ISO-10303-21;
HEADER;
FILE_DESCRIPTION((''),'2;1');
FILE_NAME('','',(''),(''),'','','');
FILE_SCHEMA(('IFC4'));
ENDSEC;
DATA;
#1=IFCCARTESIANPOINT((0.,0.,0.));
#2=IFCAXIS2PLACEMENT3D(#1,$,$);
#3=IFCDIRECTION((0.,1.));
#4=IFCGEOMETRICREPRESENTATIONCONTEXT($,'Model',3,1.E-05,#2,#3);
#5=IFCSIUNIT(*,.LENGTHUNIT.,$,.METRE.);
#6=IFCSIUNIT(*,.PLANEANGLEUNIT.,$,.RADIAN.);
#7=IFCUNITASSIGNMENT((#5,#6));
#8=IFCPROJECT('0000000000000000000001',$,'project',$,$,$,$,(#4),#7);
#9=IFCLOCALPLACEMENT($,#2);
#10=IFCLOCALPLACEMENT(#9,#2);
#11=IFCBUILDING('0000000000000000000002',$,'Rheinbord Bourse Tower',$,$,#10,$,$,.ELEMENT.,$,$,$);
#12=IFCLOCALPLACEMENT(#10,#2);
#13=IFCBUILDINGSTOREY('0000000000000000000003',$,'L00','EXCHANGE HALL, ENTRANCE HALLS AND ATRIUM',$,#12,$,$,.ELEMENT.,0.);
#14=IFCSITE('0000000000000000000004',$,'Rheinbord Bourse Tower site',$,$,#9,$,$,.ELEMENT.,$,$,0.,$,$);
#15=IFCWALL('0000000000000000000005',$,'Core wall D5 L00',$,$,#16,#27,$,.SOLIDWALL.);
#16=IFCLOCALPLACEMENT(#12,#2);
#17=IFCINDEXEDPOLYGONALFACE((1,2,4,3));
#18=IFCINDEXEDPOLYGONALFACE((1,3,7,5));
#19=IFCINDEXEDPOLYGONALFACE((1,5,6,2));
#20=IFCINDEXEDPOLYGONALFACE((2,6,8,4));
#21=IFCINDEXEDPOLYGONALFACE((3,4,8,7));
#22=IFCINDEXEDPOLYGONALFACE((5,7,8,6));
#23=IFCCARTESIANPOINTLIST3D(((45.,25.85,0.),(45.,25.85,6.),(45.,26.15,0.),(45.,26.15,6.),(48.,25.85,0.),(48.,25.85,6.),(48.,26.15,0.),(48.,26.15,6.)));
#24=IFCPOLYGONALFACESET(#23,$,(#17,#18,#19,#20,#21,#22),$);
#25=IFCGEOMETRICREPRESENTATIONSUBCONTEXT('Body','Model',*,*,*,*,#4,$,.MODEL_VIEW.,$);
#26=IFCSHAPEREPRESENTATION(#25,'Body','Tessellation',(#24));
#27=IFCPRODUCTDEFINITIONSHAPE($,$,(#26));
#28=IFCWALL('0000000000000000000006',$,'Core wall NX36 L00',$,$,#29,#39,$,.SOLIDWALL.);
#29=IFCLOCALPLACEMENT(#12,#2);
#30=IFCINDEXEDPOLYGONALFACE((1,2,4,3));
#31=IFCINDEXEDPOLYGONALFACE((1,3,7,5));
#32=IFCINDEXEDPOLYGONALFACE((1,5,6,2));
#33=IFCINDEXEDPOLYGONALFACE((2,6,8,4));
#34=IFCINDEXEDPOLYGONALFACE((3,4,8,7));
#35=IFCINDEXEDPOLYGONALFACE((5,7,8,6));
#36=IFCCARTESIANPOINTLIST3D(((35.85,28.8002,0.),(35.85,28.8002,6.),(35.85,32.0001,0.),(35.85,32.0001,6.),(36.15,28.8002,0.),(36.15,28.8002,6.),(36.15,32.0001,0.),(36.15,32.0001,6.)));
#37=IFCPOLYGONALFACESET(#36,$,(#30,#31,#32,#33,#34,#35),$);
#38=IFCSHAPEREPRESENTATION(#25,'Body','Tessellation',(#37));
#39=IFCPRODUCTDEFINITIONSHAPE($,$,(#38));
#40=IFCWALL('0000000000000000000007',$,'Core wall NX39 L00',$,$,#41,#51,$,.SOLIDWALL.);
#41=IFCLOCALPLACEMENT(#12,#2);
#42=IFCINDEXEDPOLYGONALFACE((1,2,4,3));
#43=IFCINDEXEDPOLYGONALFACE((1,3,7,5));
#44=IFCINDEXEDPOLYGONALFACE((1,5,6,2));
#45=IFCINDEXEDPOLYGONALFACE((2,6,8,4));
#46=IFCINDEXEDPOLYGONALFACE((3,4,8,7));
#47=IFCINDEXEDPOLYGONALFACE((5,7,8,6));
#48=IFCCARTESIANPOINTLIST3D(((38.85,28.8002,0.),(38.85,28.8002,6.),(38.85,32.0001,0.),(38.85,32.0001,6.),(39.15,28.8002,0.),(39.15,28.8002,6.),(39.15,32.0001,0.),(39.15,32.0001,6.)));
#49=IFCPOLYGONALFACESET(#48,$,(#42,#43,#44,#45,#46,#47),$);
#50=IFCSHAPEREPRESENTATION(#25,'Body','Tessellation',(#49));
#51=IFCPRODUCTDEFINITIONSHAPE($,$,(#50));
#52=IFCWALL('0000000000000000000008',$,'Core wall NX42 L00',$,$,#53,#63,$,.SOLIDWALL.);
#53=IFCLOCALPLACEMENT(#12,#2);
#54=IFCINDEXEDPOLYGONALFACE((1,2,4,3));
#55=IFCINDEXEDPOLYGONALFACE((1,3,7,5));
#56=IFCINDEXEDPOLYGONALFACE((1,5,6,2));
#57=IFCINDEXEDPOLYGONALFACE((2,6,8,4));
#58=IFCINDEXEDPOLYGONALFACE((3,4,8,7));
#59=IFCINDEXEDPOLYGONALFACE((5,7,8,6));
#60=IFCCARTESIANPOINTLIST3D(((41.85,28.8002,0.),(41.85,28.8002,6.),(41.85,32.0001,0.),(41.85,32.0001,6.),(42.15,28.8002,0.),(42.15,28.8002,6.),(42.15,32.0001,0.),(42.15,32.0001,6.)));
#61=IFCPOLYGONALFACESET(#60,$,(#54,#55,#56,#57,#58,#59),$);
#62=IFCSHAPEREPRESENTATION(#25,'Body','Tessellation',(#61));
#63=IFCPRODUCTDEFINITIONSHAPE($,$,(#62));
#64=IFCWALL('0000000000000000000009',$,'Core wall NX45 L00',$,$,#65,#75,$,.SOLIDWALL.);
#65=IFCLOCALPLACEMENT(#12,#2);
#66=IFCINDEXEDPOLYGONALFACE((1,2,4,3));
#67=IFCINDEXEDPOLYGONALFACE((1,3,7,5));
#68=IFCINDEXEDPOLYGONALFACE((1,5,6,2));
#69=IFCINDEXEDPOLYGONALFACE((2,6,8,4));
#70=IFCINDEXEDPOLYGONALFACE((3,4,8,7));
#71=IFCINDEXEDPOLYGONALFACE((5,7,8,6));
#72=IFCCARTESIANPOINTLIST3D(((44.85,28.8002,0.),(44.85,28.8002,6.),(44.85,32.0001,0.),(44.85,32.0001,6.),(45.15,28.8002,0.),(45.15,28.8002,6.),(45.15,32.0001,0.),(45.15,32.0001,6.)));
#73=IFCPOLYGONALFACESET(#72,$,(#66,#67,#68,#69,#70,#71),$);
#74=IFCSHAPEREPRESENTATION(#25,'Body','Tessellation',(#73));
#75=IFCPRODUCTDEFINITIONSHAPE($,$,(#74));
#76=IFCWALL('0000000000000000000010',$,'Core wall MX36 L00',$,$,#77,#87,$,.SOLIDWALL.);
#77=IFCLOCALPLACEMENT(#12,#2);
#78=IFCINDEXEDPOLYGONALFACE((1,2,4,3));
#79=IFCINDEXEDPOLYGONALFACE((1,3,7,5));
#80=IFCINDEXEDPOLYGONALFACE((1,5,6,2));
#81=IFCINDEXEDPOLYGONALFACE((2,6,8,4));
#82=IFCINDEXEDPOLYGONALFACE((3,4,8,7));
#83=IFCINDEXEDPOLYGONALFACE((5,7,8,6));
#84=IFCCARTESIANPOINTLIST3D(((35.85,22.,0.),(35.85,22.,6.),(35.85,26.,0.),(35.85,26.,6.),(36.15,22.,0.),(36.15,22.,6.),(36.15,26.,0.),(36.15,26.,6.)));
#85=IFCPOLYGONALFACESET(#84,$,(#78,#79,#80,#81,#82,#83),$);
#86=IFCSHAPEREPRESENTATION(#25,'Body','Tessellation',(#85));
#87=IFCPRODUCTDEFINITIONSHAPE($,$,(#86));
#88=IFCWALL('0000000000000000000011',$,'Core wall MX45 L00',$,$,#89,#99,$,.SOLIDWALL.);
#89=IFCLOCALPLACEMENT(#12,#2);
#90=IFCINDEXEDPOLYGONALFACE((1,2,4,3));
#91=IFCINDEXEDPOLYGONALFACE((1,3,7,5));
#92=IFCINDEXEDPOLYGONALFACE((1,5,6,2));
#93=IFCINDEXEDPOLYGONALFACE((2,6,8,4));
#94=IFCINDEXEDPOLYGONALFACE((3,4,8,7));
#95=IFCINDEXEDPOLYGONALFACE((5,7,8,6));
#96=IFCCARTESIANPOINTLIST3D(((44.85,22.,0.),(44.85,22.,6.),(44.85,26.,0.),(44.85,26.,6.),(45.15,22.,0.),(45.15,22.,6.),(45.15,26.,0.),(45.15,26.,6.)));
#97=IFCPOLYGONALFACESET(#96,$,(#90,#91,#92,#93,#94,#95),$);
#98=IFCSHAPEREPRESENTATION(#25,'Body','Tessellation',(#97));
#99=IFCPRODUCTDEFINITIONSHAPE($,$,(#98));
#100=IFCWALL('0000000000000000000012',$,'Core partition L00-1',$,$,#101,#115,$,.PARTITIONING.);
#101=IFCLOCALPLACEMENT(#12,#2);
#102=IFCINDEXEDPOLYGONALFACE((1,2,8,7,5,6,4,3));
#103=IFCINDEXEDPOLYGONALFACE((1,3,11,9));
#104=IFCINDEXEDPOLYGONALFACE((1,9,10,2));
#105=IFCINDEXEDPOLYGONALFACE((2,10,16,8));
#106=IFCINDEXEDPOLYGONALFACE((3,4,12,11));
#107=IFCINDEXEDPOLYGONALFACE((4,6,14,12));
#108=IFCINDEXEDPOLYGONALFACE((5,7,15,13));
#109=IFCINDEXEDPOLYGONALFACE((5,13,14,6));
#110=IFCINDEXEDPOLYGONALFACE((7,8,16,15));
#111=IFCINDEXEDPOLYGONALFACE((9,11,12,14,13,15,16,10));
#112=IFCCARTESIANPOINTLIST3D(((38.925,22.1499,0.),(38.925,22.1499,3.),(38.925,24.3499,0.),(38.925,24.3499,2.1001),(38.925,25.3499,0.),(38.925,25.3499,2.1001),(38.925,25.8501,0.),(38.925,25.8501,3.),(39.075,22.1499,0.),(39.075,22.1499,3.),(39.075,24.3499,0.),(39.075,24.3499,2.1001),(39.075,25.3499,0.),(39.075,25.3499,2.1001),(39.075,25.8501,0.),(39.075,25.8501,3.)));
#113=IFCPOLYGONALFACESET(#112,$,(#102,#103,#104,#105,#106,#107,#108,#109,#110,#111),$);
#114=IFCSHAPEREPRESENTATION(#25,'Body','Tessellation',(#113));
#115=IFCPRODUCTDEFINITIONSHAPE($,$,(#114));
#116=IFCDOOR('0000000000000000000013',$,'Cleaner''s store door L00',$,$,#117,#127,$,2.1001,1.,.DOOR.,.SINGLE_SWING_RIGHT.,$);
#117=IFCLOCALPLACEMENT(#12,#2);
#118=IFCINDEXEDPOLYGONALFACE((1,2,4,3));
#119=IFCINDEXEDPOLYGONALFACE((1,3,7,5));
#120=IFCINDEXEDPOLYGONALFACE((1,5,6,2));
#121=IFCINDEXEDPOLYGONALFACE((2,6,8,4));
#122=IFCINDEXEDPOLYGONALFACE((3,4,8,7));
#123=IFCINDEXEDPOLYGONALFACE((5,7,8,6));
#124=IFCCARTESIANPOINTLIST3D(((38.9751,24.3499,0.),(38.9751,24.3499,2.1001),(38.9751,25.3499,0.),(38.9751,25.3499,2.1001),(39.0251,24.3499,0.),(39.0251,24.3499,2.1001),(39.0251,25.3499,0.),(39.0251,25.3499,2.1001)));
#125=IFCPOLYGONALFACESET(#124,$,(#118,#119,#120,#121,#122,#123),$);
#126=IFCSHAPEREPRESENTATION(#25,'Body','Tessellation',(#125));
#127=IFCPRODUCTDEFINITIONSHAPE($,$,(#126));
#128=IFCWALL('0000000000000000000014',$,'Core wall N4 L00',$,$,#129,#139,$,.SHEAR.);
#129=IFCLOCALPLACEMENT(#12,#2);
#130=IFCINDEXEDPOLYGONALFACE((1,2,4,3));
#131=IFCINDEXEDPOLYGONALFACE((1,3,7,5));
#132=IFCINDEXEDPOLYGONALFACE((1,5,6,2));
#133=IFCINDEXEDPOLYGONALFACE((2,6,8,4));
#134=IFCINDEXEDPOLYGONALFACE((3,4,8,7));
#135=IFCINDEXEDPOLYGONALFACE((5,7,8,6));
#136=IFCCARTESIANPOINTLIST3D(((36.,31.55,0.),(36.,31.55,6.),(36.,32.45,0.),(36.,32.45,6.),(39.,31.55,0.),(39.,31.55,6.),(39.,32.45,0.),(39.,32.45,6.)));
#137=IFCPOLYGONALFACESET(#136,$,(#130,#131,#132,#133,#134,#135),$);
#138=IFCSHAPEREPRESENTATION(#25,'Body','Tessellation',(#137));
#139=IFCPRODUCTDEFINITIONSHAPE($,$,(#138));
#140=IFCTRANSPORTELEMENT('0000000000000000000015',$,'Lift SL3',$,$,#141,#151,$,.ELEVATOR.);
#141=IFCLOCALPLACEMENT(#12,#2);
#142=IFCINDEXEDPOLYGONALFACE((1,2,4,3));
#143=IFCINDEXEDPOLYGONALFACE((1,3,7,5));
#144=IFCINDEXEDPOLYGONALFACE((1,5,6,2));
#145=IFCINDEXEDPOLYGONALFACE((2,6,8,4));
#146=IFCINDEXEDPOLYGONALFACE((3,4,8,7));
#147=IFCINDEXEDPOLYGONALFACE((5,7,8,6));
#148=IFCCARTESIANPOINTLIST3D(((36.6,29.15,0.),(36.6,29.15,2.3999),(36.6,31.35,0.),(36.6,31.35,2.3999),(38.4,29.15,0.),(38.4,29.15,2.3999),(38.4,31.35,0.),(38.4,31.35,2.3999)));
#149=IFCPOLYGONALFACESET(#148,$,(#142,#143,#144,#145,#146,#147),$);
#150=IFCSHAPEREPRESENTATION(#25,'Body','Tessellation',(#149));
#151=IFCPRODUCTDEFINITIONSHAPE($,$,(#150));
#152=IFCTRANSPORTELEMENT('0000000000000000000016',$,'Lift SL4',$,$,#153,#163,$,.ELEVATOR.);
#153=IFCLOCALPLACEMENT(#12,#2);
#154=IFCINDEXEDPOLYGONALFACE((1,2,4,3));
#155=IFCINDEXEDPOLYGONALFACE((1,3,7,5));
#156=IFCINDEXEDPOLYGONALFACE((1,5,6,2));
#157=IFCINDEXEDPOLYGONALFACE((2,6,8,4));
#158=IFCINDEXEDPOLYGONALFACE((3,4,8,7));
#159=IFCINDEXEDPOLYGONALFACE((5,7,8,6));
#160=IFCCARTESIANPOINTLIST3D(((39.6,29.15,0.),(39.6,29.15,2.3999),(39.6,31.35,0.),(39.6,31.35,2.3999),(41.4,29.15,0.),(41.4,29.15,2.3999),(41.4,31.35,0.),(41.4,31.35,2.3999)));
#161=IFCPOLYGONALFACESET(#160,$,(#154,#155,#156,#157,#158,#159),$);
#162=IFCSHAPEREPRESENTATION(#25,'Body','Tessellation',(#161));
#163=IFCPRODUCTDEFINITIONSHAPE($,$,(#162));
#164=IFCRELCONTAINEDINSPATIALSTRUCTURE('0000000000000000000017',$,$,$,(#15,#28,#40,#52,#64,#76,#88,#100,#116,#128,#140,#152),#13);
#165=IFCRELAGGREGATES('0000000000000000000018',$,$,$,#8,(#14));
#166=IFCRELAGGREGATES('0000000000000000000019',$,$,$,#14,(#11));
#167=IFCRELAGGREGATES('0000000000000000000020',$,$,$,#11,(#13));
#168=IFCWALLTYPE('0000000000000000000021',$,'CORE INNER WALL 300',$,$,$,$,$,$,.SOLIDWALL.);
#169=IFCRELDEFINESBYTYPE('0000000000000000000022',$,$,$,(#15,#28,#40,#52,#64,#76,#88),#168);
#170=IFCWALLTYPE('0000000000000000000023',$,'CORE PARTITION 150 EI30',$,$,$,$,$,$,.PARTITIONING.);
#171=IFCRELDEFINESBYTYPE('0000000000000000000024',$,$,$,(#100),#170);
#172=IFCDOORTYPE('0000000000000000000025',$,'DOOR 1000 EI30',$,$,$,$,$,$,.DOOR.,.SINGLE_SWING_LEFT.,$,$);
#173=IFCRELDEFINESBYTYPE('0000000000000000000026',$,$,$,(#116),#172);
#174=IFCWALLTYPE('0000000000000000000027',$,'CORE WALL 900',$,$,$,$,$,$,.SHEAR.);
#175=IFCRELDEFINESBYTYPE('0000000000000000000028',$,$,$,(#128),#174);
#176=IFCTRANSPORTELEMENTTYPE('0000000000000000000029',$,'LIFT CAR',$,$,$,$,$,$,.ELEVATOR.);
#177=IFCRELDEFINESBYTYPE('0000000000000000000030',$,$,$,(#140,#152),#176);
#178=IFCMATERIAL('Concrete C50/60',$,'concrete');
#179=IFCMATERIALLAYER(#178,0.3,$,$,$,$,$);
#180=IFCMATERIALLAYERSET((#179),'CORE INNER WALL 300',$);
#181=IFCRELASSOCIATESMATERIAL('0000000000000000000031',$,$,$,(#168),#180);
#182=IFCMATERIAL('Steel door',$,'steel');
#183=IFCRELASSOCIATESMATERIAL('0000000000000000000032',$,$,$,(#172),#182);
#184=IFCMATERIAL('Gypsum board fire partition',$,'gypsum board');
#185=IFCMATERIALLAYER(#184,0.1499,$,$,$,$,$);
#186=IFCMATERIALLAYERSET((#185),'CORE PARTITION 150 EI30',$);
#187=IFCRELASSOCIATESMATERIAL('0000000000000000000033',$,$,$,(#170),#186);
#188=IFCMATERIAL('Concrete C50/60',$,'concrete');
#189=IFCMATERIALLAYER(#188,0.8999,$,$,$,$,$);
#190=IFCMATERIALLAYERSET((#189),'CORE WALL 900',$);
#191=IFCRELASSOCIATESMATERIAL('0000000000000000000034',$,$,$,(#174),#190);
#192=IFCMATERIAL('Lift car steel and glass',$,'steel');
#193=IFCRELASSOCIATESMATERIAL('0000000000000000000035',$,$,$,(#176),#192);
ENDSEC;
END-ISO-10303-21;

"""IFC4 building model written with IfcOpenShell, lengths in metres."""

from ifc_helpers import new_model, si_unit, direction, frame, frame_2d, origin, origin_2d, place, context, subcontext, project, spatial, rectangle, extrude, material, layer, layer_set, type_object, element, fill, save


model = new_model("IFC4")

# Units and contexts
model_context = context("Model", 3, precision=1e-05, world=origin(), true_north=direction((0.0, 1.0)))
body_context = subcontext(model_context, "Body", "Model", "MODEL_VIEW")
ifc_project = project(units=[si_unit("LENGTHUNIT", "METRE"), si_unit("PLANEANGLEUNIT", "RADIAN")], contexts=[model_context])

# Site, building, storey
site_placement = place(None, origin())
site = spatial("IfcSite", under=ifc_project, at=site_placement, Name="Rheinbord Bourse Tower site", CompositionType="ELEMENT", RefElevation=0.0)
building_placement = place(site_placement, origin())
building = spatial("IfcBuilding", under=site, at=building_placement, Name="Rheinbord Bourse Tower", CompositionType="ELEMENT")
storey_placement = place(building_placement, origin())
storey = spatial("IfcBuildingStorey", under=building, at=storey_placement, Name="L00", Description="EXCHANGE HALL, ENTRANCE HALLS AND ATRIUM", CompositionType="ELEMENT", Elevation=0.0)

# Shared definitions
ifc_material_1 = material(Name="Concrete C50/60", Category="concrete")
ifc_layer_1 = layer(ifc_material_1, 0.3)
ifc_layer_set_1 = layer_set([ifc_layer_1], Name="CORE INNER WALL 300")
wall_type_1 = type_object("IfcWallType", Name="CORE INNER WALL 300", PredefinedType="SOLIDWALL", material=ifc_layer_set_1)
ifc_material_2 = material(Name="Steel door", Category="steel")
door_type_1 = type_object("IfcDoorType", Name="DOOR 1000 EI30", OperationType="SINGLE_SWING_LEFT", PredefinedType="DOOR", material=ifc_material_2)

# Walls
wall_1_placement = place(storey_placement, frame((45.0, 26.0, 0.0), z_axis=(0.0, 0.0, 1.0), x_axis=(1.0, 0.0, 0.0)))
element("IfcWall", 1, at=wall_1_placement, inside=storey, type_object=wall_type_1, Name="Core wall D5 L00", PredefinedType="SOLIDWALL", context=body_context, shape_type="SweptSolid", body=[
    extrude(rectangle(XDim=3.0, YDim=0.3, at=frame_2d((1.5, 0.0))), origin(), (0.0, 0.0, 1.0), 6.0),
])
for number, where, z_axis, x_axis, name in (
    (2, (36.0, 28.8, 0.0), (0.0, 0.0, 1.0), (0.0, 1.0, 0.0), "Core wall NX36 L00"),
    (3, (39.0, 28.8, 0.0), (0.0, 0.0, 1.0), (0.0, 1.0, 0.0), "Core wall NX39 L00"),
    (4, (42.0, 28.8, 0.0), (0.0, 0.0, 1.0), (0.0, 1.0, 0.0), "Core wall NX42 L00"),
    (5, (45.0, 28.8, 0.0), (0.0, 0.0, 1.0), (0.0, 1.0, 0.0), "Core wall NX45 L00"),
):
    element("IfcWall", number, at=place(storey_placement, frame(where, z_axis=z_axis, x_axis=x_axis)), inside=storey, type_object=wall_type_1, Name=name, PredefinedType="SOLIDWALL", context=body_context, shape_type="SweptSolid", body=[
        extrude(rectangle(XDim=3.2, YDim=0.3, at=frame_2d((1.6001, 0.0))), origin(), (0.0, 0.0, 1.0), 6.0),
    ])
for number, where, z_axis, x_axis, name in (
    (6, (36.0, 22.0, 0.0), (0.0, 0.0, 1.0), (0.0, 1.0, 0.0), "Core wall MX36 L00"),
    (7, (45.0, 22.0, 0.0), (0.0, 0.0, 1.0), (0.0, 1.0, 0.0), "Core wall MX45 L00"),
):
    element("IfcWall", number, at=place(storey_placement, frame(where, z_axis=z_axis, x_axis=x_axis)), inside=storey, type_object=wall_type_1, Name=name, PredefinedType="SOLIDWALL", context=body_context, shape_type="SweptSolid", body=[
        extrude(rectangle(XDim=4.0, YDim=0.3, at=frame_2d((2.0, 0.0))), origin(), (0.0, 0.0, 1.0), 6.0),
    ])

# Wall, opening, door
ifc_material_3 = material(Name="Gypsum board fire partition", Category="gypsum board")
ifc_layer_2 = layer(ifc_material_3, 0.1499)
ifc_layer_set_2 = layer_set([ifc_layer_2], Name="CORE PARTITION 150 EI30")
wall_type_2 = type_object("IfcWallType", Name="CORE PARTITION 150 EI30", PredefinedType="PARTITIONING", material=ifc_layer_set_2)
wall_2_placement = place(storey_placement, frame((39.0, 22.1499, 0.0), z_axis=(0.0, 0.0, 1.0), x_axis=(0.0, 1.0, 0.0)))
wall_2 = element("IfcWall", 8, at=wall_2_placement, inside=storey, type_object=wall_type_2, Name="Core partition L00-1", PredefinedType="PARTITIONING", context=body_context, shape_type="SweptSolid", body=[
    extrude(rectangle(XDim=3.7002, YDim=0.1499, at=frame_2d((1.8501, 0.0))), origin(), (0.0, 0.0, 1.0), 3.0),
])
opening_1_placement = place(wall_2_placement, frame((2.2, 0.0, 0.0)))
opening_1 = element("IfcOpeningElement", 9, at=opening_1_placement, cuts=wall_2, PredefinedType="OPENING", context=body_context, shape_type="SweptSolid", body=[
    extrude(rectangle(XDim=1.0, YDim=2.1001, at=frame_2d((0.5, 1.05))), frame((0.0, 0.085, 0.0), z_axis=(0.0, -1.0, 0.0), x_axis=(1.0, 0.0, 0.0)), (0.0, 0.0, 1.0), 0.1699),
])
door_1_placement = place(opening_1_placement, origin())
door_1 = element("IfcDoor", 10, at=door_1_placement, inside=storey, type_object=door_type_1, Name="Cleaner's store door L00", OperationType="SINGLE_SWING_RIGHT", OverallHeight=2.1001, OverallWidth=1.0, PredefinedType="DOOR", context=body_context, shape_type="SweptSolid", body=[
    extrude(rectangle(XDim=1.0, YDim=2.1001, at=frame_2d((0.5, 1.05))), frame((0.0, 0.0249, 0.0), z_axis=(0.0, -1.0, 0.0), x_axis=(1.0, 0.0, 0.0)), (0.0, 0.0, 1.0), 0.05),
])
fill(opening_1, door_1)

# Wall
ifc_material_4 = material(Name="Concrete C50/60", Category="concrete")
ifc_layer_3 = layer(ifc_material_4, 0.8999)
ifc_layer_set_3 = layer_set([ifc_layer_3], Name="CORE WALL 900")
wall_type_3 = type_object("IfcWallType", Name="CORE WALL 900", PredefinedType="SHEAR", material=ifc_layer_set_3)
wall_3_placement = place(storey_placement, frame((39.0, 32.0, 0.0), z_axis=(0.0, 0.0, 1.0), x_axis=(-1.0, 0.0, 0.0)))
element("IfcWall", 11, at=wall_3_placement, inside=storey, type_object=wall_type_3, Name="Core wall N4 L00", PredefinedType="SHEAR", context=body_context, shape_type="SweptSolid", body=[
    extrude(rectangle(XDim=3.0, YDim=0.8999, at=frame_2d((1.5, 0.0))), origin(), (0.0, 0.0, 1.0), 6.0),
])

# Transport elements
ifc_material_5 = material(Name="Lift car steel and glass", Category="steel")
transport_element_type = type_object("IfcTransportElementType", Name="LIFT CAR", PredefinedType="ELEVATOR", material=ifc_material_5)
for number, where, z_axis, x_axis, name in (
    (12, (37.5, 30.25, 0.0), (0.0, 0.0, 1.0), (1.0, 0.0, 0.0), "Lift SL3"),
    (13, (40.5, 30.25, 0.0), (0.0, 0.0, 1.0), (1.0, 0.0, 0.0), "Lift SL4"),
):
    element("IfcTransportElement", number, at=place(storey_placement, frame(where, z_axis=z_axis, x_axis=x_axis)), inside=storey, type_object=transport_element_type, Name=name, PredefinedType="ELEVATOR", context=body_context, shape_type="SweptSolid", body=[
        extrude(rectangle(XDim=1.8, YDim=2.2, at=origin_2d()), origin(), (0.0, 0.0, 1.0), 2.3999),
    ])

save(model, "model.ifc")
